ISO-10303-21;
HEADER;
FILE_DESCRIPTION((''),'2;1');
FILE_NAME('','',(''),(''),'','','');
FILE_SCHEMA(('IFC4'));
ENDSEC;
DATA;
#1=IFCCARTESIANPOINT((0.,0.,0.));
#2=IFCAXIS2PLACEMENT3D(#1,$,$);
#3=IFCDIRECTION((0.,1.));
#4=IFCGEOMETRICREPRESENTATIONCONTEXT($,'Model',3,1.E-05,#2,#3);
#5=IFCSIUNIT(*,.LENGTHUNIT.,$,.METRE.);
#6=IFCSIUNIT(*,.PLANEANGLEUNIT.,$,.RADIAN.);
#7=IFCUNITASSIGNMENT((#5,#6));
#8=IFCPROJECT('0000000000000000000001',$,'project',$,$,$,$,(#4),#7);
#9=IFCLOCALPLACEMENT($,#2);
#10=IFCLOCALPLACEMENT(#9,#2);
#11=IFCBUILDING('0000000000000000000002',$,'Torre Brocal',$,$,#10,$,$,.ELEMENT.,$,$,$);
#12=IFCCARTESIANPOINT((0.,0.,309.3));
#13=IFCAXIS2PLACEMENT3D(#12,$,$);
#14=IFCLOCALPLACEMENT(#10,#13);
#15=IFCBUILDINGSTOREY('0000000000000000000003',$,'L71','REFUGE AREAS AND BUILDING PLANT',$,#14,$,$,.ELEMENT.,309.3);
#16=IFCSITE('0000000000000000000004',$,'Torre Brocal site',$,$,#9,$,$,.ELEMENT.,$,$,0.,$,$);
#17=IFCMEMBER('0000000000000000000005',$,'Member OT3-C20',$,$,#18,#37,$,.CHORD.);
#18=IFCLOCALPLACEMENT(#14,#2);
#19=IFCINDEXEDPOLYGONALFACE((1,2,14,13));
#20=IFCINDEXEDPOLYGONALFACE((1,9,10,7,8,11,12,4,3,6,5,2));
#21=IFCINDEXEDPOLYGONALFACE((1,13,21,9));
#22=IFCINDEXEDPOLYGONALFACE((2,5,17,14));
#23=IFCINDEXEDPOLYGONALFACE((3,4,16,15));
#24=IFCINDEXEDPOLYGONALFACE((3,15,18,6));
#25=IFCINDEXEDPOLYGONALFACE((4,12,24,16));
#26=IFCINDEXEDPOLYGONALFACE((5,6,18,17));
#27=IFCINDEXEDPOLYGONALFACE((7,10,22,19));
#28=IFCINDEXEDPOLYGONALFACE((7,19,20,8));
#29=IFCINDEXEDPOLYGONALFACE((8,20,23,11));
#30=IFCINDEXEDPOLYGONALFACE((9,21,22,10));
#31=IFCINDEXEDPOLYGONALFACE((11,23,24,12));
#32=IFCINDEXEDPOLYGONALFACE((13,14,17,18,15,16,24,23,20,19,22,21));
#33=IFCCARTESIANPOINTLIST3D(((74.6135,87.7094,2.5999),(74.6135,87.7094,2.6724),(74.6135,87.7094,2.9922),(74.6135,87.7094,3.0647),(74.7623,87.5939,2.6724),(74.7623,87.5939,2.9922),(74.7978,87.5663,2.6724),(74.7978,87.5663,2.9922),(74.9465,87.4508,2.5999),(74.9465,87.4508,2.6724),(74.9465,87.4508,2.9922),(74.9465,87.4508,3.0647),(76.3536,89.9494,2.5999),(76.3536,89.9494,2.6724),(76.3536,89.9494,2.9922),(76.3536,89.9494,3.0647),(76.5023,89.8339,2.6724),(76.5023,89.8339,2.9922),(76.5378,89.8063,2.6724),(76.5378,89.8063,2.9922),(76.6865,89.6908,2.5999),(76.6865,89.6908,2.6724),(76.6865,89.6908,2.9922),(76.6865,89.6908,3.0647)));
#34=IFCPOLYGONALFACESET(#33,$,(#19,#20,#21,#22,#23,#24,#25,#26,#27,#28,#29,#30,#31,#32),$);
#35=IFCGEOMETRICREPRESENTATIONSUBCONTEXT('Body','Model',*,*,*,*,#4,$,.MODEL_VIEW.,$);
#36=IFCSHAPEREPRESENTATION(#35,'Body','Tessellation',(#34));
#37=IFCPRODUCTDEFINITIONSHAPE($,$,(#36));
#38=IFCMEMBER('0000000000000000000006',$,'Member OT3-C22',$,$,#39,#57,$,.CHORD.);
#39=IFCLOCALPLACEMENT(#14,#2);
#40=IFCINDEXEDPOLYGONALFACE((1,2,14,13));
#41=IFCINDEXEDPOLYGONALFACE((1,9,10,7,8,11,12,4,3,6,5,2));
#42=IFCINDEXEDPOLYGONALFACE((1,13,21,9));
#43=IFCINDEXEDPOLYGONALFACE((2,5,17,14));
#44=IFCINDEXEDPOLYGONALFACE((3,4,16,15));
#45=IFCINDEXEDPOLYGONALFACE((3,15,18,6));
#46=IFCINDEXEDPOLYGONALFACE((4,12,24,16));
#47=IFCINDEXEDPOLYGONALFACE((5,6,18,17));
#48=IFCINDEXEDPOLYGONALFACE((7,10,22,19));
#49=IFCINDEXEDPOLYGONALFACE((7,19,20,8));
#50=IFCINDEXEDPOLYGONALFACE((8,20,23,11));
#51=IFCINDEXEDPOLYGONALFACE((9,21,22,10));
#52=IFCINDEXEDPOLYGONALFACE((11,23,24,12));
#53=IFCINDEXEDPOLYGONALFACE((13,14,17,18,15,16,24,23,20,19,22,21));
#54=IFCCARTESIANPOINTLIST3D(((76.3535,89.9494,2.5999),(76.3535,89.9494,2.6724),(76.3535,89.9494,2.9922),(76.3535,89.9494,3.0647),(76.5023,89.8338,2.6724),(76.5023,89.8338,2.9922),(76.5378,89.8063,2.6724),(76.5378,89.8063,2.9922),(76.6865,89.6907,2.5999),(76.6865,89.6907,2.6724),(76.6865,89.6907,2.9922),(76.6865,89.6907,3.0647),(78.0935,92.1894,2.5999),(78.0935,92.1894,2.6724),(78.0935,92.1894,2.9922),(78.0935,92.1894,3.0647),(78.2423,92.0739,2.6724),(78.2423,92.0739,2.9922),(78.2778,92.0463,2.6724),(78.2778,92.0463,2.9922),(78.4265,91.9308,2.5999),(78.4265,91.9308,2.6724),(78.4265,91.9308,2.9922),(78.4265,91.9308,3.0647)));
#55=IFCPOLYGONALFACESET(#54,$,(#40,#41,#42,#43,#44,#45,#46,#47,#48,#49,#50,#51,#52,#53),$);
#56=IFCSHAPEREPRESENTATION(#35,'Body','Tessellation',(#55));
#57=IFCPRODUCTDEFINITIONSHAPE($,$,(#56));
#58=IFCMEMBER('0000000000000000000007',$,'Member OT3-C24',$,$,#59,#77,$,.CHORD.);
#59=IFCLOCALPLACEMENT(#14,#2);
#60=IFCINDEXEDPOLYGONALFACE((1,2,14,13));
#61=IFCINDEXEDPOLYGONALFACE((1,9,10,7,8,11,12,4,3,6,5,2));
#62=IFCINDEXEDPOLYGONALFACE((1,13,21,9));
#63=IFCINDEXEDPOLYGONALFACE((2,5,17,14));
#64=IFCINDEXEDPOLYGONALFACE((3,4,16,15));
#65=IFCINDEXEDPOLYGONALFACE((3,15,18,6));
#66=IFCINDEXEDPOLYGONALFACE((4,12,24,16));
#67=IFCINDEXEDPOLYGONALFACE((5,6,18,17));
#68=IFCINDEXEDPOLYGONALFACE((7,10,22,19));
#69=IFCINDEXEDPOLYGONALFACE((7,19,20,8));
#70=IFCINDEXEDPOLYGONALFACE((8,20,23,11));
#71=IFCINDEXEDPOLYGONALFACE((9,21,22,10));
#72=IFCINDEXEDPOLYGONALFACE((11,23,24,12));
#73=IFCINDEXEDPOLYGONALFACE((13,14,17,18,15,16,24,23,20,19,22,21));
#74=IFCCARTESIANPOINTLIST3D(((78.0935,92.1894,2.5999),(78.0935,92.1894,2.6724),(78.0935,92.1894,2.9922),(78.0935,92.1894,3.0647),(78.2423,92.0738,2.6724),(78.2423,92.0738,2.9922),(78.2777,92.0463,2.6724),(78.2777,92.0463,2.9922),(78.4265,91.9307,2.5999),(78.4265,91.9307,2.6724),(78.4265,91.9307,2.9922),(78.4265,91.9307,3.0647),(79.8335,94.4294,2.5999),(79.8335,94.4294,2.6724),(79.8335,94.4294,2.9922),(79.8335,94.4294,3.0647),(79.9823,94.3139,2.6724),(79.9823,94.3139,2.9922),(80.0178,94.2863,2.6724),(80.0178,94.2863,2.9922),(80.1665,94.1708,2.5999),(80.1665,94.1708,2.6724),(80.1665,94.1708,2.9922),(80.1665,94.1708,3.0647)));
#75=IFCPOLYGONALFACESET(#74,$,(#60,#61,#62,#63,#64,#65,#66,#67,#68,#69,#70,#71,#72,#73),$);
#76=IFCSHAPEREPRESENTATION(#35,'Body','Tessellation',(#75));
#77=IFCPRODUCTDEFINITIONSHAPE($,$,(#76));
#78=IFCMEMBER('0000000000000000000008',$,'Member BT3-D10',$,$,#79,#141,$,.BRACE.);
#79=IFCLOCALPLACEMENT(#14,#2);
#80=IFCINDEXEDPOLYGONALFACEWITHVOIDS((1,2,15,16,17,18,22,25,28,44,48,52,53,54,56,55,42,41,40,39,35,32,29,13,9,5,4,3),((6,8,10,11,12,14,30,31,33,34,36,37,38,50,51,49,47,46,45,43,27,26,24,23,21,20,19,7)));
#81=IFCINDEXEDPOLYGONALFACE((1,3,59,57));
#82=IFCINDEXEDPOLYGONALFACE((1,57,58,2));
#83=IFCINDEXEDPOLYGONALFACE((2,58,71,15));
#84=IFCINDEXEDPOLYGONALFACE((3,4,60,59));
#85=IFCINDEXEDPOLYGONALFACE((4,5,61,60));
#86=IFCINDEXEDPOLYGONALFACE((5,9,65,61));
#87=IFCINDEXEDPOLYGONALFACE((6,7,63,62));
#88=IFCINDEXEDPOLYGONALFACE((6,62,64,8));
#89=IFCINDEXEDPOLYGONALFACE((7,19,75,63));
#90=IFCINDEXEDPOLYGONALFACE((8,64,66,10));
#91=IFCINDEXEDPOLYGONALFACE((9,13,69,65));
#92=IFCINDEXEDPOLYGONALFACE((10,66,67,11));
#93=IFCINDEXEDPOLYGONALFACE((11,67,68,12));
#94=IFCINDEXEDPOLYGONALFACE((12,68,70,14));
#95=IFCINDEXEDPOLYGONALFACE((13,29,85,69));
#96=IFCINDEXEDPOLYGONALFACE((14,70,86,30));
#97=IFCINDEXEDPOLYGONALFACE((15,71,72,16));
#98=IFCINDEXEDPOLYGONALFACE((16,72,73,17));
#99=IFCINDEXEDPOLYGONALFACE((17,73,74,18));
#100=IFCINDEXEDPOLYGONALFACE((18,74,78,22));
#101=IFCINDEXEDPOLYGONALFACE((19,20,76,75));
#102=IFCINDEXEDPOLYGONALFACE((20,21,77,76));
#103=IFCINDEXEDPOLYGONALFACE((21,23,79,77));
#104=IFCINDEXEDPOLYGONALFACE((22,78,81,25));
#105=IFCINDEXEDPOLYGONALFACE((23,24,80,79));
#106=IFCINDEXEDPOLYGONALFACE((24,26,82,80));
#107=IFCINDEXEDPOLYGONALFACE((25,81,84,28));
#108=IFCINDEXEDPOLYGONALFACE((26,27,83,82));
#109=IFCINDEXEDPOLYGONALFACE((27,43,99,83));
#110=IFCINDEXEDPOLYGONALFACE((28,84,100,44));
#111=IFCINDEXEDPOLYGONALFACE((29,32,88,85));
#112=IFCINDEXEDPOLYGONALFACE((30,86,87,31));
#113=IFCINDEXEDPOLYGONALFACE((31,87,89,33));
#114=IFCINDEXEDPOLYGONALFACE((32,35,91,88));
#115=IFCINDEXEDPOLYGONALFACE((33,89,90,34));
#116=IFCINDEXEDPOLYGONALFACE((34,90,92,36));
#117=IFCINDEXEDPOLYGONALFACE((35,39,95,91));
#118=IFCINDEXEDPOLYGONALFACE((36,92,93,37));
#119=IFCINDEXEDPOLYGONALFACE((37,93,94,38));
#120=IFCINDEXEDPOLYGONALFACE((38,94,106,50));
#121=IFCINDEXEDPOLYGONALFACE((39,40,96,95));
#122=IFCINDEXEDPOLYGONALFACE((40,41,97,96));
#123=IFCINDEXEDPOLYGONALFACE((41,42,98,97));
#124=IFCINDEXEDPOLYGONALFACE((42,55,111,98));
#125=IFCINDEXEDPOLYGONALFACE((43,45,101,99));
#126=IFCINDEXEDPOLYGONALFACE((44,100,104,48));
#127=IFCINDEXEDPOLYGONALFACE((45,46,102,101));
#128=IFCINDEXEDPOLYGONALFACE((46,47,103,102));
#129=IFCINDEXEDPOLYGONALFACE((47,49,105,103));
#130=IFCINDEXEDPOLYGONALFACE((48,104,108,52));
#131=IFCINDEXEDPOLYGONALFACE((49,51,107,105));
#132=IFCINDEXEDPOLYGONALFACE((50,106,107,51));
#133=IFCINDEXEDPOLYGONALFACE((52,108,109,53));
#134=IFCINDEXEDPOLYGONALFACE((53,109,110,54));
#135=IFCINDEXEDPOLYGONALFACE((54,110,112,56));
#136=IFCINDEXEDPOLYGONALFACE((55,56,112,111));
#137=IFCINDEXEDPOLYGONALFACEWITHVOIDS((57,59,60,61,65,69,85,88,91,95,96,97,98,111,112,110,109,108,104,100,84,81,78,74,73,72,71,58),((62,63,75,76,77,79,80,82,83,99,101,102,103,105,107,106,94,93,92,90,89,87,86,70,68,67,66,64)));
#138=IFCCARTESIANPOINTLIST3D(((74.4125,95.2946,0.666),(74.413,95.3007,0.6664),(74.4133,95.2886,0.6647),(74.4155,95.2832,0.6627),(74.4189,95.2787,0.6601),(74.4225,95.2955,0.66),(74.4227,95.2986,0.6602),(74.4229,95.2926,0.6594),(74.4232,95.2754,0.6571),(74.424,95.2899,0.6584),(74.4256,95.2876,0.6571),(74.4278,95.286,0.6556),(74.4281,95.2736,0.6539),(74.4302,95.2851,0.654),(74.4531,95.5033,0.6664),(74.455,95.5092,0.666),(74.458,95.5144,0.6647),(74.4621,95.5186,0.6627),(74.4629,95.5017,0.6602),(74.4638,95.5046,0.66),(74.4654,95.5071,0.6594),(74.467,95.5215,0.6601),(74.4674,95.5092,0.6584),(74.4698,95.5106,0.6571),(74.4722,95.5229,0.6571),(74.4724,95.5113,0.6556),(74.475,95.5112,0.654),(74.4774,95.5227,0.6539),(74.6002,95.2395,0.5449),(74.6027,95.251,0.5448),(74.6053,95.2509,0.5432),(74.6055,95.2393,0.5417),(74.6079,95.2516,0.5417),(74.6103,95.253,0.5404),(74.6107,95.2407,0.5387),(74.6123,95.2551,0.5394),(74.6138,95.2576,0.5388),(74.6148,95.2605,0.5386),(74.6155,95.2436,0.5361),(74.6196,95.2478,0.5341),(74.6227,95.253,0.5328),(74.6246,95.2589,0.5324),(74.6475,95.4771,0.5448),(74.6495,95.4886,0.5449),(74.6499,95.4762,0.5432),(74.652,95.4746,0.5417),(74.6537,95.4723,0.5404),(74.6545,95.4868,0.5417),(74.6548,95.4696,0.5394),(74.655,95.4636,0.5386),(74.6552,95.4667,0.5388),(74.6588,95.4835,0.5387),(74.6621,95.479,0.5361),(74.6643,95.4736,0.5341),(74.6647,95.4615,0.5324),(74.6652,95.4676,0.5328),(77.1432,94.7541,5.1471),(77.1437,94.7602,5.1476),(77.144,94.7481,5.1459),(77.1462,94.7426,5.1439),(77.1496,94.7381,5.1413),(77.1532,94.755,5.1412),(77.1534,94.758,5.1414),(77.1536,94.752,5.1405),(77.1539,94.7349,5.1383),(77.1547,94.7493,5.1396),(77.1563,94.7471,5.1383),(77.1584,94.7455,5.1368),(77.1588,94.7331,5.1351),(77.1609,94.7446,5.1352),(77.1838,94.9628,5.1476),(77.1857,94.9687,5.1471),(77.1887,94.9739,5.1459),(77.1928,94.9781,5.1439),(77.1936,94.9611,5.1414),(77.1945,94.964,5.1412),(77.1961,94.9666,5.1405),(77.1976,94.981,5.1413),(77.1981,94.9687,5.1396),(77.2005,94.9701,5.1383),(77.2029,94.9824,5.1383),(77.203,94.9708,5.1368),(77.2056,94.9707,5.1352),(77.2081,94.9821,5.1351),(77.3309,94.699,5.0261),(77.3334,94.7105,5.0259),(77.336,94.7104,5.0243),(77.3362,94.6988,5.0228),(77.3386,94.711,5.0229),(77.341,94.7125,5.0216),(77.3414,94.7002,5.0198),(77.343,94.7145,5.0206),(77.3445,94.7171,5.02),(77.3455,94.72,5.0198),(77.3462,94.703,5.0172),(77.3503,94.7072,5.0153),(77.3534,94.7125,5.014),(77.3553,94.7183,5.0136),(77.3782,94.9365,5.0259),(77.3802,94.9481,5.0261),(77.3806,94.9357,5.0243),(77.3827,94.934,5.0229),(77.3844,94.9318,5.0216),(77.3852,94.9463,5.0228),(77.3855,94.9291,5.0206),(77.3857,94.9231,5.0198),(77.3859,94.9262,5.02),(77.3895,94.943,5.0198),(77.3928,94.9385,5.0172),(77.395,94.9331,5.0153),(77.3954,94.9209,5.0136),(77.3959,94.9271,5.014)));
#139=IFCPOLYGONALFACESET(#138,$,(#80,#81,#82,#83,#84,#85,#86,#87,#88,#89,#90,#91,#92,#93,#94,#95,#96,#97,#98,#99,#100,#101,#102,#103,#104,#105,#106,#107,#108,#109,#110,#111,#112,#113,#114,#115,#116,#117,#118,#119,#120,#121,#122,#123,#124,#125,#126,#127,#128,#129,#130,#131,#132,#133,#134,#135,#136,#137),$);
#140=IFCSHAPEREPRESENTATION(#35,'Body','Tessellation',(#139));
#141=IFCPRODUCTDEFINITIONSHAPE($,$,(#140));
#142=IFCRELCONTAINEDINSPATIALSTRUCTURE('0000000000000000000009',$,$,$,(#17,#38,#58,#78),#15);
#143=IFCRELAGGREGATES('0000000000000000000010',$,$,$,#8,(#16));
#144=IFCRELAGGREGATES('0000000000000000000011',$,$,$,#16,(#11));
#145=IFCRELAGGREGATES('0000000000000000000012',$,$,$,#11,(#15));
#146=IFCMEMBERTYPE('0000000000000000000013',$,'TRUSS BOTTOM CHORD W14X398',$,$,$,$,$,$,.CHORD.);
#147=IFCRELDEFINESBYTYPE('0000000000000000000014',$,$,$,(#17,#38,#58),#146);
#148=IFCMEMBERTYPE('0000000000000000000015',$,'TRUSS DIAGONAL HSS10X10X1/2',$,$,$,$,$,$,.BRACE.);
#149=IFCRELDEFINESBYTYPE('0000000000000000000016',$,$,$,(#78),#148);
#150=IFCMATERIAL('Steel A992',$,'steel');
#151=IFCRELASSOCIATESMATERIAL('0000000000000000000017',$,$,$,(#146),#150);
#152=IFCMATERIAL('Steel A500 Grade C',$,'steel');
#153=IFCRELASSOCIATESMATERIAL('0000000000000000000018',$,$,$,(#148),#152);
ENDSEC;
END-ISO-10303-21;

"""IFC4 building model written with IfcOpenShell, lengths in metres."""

from ifc_helpers import new_model, si_unit, direction, frame, origin, origin_2d, place, context, subcontext, project, spatial, hollow_rectangle, i_section, extrude, material, material_profile, profile_set, type_object, element, save


model = new_model("IFC4")

# Units and contexts
model_context = context("Model", 3, precision=1e-05, world=origin(), true_north=direction((0.0, 1.0)))
body_context = subcontext(model_context, "Body", "Model", "MODEL_VIEW")
ifc_project = project(units=[si_unit("LENGTHUNIT", "METRE"), si_unit("PLANEANGLEUNIT", "RADIAN")], contexts=[model_context])

# Site, building, storey
site_placement = place(None, origin())
site = spatial("IfcSite", under=ifc_project, at=site_placement, Name="Torre Brocal site", CompositionType="ELEMENT", RefElevation=0.0)
building_placement = place(site_placement, origin())
building = spatial("IfcBuilding", under=site, at=building_placement, Name="Torre Brocal", CompositionType="ELEMENT")
storey_placement = place(building_placement, frame((0.0, 0.0, 309.3)))
storey = spatial("IfcBuildingStorey", under=building, at=storey_placement, Name="L71", Description="REFUGE AREAS AND BUILDING PLANT", CompositionType="ELEMENT", Elevation=309.3)

# Members
ifc_material_1 = material(Name="Steel A992", Category="steel")
ifc_material_profile_1 = material_profile(ifc_material_1, i_section(OverallWidth=0.4216, OverallDepth=0.4648, WebThickness=0.0449, FlangeThickness=0.0725, at=origin_2d()), Name="W14X398")
ifc_profile_set_1 = profile_set([ifc_material_profile_1], Name="Steel A992")
member_type_1 = type_object("IfcMemberType", Name="TRUSS BOTTOM CHORD W14X398", PredefinedType="CHORD", material=ifc_profile_set_1)
for number, where, z_axis, x_axis, name in (
    (1, (74.78, 87.5801, 2.8323), (0.613452, 0.789732, 0.0), (-0.789732, 0.613452, 0.0), "Member OT3-C20"),
    (2, (76.52, 89.8201, 2.8323), (0.613452, 0.789732, 0.0), (-0.789732, 0.613452, 0.0), "Member OT3-C22"),
    (3, (78.26, 92.0601, 2.8323), (0.613452, 0.789732, 0.0), (-0.789732, 0.613452, 0.0), "Member OT3-C24"),
):
    element("IfcMember", number, at=place(storey_placement, frame(where, z_axis=z_axis, x_axis=x_axis)), inside=storey, type_object=member_type_1, Name=name, PredefinedType="CHORD", context=body_context, shape_type="SweptSolid", body=[
        extrude(i_section(OverallWidth=0.4216, OverallDepth=0.4648, WebThickness=0.0449, FlangeThickness=0.0725, at=origin_2d()), origin(), (0.0, 0.0, 1.0), 2.8364),
    ])
ifc_material_2 = material(Name="Steel A500 Grade C", Category="steel")
ifc_material_profile_2 = material_profile(ifc_material_2, hollow_rectangle(XDim=0.2539, YDim=0.2539, WallThickness=0.0117, InnerFilletRadius=0.0117, OuterFilletRadius=0.0237, at=origin_2d()), Name="HSS10X10X1/2")
ifc_profile_set_2 = profile_set([ifc_material_profile_2], Name="Steel A500 Grade C")
member_type_2 = type_object("IfcMemberType", Name="TRUSS DIAGONAL HSS10X10X1/2", PredefinedType="BRACE", material=ifc_profile_set_2)
member_1_placement = place(storey_placement, frame((77.2695, 94.8406, 5.0806), z_axis=(-0.517629, 0.102461, -0.849448), x_axis=(-0.194176, -0.980967, 0.0)))
element("IfcMember", 4, at=member_1_placement, inside=storey, type_object=member_type_2, Name="Member BT3-D10", PredefinedType="BRACE", context=body_context, shape_type="SweptSolid", body=[
    extrude(hollow_rectangle(XDim=0.2539, YDim=0.2539, WallThickness=0.0117, InnerFilletRadius=0.0117, OuterFilletRadius=0.0237, at=origin_2d()), origin(), (0.0, 0.0, 1.0), 5.2754),
])

save(model, "model.ifc")
